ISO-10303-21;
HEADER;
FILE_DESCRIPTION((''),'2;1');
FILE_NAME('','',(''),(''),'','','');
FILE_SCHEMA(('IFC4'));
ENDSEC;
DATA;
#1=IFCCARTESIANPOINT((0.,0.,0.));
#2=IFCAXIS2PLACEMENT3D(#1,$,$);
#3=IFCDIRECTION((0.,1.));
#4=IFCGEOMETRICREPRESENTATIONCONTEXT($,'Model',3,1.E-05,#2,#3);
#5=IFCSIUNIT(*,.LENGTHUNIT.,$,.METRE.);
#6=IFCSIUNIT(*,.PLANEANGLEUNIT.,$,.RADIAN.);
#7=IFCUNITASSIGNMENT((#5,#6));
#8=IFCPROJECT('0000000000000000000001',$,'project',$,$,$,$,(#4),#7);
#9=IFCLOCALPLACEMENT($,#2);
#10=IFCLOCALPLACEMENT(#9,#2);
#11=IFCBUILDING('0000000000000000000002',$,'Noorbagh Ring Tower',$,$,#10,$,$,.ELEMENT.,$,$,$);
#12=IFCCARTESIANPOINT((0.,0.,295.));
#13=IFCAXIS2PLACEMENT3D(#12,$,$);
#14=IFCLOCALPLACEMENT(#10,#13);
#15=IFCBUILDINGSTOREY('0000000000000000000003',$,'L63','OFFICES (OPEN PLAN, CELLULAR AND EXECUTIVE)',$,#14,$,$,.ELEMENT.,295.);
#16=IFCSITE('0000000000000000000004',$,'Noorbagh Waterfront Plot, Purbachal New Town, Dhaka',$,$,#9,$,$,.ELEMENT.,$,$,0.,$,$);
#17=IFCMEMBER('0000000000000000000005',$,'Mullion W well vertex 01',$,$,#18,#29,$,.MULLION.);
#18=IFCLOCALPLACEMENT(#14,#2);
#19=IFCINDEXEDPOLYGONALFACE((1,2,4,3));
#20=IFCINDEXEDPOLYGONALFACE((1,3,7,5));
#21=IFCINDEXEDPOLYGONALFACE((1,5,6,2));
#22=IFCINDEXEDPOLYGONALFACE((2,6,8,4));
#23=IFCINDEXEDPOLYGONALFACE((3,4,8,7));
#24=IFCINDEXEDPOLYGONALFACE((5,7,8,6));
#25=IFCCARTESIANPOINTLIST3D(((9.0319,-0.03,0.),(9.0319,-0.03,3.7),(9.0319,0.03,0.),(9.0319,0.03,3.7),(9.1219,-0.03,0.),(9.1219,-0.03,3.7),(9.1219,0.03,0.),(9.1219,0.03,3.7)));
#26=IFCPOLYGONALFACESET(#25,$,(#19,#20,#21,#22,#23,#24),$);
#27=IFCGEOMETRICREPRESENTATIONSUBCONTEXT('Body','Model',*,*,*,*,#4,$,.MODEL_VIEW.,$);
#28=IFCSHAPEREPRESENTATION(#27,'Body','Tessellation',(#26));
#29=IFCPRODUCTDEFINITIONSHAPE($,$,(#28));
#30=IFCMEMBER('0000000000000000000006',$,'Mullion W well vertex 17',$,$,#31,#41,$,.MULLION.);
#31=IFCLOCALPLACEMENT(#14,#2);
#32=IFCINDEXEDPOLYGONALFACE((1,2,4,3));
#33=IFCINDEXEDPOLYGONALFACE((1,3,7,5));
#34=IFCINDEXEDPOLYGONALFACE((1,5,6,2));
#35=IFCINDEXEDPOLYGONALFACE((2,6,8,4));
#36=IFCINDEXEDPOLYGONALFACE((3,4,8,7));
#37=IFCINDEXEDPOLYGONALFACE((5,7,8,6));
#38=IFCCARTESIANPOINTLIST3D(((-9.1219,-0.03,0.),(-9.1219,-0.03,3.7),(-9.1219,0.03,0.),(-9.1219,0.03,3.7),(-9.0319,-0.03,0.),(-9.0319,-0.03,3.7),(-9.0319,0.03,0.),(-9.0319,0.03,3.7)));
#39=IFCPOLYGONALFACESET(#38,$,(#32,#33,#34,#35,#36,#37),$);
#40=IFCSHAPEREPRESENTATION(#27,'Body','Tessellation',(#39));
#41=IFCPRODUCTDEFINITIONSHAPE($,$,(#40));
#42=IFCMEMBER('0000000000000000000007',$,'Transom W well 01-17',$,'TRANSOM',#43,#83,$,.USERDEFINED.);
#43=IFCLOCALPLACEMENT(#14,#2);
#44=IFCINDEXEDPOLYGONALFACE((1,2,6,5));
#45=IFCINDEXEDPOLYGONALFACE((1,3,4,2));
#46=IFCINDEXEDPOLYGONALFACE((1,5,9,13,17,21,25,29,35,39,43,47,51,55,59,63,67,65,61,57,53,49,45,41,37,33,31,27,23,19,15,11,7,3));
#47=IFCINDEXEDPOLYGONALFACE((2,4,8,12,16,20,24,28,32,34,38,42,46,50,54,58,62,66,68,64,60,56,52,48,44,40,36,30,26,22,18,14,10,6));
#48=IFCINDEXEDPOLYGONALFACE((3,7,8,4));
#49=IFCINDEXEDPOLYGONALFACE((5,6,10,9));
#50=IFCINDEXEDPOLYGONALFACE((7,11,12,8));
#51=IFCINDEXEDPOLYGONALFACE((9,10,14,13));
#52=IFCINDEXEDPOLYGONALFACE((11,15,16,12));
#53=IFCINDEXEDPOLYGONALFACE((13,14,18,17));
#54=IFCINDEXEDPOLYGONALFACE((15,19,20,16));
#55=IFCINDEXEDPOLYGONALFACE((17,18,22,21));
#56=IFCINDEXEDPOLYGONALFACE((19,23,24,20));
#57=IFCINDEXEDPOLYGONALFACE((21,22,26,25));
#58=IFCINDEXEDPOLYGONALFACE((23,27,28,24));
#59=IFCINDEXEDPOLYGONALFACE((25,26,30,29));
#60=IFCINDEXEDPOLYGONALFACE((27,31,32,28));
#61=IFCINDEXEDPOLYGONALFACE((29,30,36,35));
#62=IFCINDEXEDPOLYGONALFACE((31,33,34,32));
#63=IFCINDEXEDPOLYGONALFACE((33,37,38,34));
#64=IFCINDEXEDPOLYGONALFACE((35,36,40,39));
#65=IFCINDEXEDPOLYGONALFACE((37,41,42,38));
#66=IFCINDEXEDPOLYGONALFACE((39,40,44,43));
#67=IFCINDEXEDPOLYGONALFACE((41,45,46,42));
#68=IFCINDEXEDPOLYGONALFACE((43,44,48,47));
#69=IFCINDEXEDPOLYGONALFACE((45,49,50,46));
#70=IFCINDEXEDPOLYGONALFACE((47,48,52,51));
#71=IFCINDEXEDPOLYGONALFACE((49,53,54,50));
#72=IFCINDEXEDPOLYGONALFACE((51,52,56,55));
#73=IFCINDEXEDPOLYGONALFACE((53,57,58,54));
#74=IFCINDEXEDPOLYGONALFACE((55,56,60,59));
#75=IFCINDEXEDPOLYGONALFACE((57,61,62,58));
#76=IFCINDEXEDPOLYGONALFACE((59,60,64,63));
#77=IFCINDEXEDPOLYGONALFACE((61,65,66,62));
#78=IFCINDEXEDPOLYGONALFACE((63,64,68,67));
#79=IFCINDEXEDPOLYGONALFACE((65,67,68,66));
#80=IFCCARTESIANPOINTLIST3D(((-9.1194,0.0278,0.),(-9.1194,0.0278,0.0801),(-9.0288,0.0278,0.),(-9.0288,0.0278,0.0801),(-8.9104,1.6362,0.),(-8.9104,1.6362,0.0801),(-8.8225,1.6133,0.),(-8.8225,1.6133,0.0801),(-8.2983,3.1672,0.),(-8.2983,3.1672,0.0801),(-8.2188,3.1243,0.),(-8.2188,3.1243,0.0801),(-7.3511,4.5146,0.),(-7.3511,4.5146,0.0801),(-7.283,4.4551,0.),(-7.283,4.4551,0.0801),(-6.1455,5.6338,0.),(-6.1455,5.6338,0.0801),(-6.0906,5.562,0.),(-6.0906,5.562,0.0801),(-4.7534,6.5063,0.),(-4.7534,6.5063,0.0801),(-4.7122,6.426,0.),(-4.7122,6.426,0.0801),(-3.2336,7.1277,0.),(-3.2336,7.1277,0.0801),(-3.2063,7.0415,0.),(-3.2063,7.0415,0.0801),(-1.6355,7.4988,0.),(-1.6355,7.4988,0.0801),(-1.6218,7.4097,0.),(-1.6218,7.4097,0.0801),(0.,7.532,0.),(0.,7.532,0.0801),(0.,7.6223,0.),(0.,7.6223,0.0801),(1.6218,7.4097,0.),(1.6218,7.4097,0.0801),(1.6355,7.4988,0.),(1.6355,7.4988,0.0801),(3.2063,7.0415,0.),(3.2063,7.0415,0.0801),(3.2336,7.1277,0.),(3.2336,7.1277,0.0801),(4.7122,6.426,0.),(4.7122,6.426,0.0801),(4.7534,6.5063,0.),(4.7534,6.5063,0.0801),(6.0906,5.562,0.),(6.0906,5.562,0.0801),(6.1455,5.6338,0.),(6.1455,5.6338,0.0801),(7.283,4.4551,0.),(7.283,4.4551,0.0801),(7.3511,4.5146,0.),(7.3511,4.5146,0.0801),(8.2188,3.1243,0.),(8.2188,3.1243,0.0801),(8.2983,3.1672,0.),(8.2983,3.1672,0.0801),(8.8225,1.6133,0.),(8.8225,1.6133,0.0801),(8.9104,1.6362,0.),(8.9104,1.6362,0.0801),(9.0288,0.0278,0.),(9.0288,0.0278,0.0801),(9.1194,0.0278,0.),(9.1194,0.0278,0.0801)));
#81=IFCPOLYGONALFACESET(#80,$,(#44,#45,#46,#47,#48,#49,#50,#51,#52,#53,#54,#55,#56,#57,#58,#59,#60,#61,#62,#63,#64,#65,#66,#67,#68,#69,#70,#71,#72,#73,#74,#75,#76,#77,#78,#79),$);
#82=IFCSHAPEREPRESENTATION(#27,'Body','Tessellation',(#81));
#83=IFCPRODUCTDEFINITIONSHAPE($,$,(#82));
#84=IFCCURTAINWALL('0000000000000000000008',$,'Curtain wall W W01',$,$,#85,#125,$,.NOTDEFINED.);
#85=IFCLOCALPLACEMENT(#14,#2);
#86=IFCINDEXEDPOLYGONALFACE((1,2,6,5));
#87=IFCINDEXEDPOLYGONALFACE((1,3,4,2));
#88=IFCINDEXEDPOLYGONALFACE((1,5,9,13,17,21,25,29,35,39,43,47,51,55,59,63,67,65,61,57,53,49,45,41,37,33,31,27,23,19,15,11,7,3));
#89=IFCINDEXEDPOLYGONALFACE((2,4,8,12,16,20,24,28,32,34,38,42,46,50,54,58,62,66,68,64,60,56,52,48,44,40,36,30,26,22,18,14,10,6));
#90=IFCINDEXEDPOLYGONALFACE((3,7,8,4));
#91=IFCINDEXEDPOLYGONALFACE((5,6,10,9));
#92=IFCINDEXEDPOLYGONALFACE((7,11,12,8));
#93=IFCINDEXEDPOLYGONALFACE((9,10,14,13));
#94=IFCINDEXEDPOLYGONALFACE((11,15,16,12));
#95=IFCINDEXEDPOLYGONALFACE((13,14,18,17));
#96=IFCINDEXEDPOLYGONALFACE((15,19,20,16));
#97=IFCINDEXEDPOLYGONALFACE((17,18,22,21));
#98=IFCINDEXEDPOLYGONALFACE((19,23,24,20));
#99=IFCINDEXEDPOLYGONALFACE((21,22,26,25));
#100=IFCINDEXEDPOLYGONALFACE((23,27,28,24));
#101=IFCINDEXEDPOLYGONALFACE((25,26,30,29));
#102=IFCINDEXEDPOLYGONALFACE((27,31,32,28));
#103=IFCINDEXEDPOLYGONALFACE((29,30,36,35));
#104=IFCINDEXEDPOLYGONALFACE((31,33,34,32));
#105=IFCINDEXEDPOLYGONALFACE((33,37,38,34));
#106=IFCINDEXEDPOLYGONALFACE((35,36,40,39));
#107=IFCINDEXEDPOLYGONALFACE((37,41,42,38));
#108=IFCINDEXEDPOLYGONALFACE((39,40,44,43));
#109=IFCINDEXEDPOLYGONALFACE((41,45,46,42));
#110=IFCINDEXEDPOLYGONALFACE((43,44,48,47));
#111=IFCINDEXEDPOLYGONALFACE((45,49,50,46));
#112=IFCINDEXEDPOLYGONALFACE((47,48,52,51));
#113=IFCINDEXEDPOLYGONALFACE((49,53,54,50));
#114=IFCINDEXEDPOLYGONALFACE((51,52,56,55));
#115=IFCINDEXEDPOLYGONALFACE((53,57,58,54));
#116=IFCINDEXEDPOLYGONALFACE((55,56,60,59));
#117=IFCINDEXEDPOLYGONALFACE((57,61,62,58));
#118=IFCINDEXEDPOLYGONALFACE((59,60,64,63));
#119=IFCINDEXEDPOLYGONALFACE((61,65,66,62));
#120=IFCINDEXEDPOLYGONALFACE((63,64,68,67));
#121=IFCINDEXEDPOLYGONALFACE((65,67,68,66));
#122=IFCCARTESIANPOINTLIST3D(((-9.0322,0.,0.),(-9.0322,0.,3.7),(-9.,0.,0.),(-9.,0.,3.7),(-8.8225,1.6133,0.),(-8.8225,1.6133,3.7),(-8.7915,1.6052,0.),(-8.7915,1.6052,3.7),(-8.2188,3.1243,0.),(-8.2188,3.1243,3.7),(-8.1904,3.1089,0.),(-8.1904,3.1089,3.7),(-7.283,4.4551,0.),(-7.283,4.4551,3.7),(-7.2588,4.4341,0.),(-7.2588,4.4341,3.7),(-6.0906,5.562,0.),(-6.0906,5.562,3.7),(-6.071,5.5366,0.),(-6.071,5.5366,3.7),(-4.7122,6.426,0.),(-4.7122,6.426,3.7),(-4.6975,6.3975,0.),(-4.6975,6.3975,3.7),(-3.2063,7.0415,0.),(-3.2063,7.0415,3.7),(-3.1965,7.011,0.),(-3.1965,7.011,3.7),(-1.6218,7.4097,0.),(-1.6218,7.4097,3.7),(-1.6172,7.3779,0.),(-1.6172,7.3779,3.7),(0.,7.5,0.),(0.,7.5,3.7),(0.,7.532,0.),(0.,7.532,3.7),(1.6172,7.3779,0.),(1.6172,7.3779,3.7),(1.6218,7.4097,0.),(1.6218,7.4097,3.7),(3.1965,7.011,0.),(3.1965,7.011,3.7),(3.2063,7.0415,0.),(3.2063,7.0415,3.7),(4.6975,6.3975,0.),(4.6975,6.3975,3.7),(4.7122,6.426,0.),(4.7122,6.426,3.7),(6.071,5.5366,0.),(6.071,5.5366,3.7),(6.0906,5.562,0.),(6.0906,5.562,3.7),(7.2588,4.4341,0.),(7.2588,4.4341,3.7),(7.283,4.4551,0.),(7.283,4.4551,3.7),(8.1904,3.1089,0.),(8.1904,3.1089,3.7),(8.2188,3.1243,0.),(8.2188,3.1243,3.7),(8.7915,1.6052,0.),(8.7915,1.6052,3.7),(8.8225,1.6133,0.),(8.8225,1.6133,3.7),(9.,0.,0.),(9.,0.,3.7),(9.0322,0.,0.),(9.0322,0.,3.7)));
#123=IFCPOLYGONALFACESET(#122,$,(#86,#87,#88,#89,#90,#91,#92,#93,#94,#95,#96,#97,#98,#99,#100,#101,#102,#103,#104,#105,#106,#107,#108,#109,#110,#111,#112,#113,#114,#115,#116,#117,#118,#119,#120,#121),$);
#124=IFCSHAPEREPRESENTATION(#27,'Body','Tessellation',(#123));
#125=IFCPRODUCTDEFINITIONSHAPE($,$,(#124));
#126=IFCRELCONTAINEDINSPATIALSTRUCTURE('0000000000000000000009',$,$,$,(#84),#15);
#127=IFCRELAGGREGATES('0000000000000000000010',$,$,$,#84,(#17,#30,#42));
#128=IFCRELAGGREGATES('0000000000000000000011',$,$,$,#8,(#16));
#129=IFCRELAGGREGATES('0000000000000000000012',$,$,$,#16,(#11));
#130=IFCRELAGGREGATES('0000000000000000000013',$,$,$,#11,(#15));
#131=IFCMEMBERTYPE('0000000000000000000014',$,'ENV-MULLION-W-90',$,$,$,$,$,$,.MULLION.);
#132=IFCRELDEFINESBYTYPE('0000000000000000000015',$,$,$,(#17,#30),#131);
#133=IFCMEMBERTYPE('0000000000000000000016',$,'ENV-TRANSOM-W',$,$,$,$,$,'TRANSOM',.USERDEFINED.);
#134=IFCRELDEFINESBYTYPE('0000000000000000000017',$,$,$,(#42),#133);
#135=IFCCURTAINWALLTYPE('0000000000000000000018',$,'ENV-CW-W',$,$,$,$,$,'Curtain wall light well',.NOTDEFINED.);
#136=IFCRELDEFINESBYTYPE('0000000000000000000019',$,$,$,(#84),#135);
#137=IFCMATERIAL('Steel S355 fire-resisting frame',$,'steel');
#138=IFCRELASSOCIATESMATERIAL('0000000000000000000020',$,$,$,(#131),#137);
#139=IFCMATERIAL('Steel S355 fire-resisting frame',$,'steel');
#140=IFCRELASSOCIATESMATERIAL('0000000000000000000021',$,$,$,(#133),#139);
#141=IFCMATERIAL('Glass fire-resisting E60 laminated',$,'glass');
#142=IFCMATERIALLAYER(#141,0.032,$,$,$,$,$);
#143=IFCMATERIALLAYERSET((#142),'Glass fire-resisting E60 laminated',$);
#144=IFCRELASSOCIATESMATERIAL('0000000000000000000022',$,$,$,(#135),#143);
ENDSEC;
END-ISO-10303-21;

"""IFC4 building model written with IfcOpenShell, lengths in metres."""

from ifc_helpers import new_model, si_unit, direction, frame, origin, origin_2d, place, context, subcontext, project, spatial, polyline, rectangle, outline, extrude, material, layer, layer_set, material_profile, profile_set, type_object, element, aggregate, save


model = new_model("IFC4")

# Units and contexts
model_context = context("Model", 3, precision=1e-05, world=origin(), true_north=direction((0.0, 1.0)))
body_context = subcontext(model_context, "Body", "Model", "MODEL_VIEW")
ifc_project = project(units=[si_unit("LENGTHUNIT", "METRE"), si_unit("PLANEANGLEUNIT", "RADIAN")], contexts=[model_context])

# Members
site_placement = place(None, origin())
building_placement = place(site_placement, origin())
storey_placement = place(building_placement, frame((0.0, 0.0, 295.0)))
ifc_material_1 = material(Name="Steel S355 fire-resisting frame", Category="steel")
ifc_material_profile_1 = material_profile(ifc_material_1, rectangle(XDim=0.0901, YDim=0.0601, at=origin_2d()), Name="90x60")
ifc_profile_set_1 = profile_set([ifc_material_profile_1], Name="Steel S355 fire-resisting frame")
member_type_1 = type_object("IfcMemberType", Name="ENV-MULLION-W-90", PredefinedType="MULLION", material=ifc_profile_set_1)
member_1_placement = place(storey_placement, frame((9.0769, 0.0, 0.0), z_axis=(0.0, 0.0, 1.0), x_axis=(1.0, 0.0, 0.0)))
member_1 = element("IfcMember", 1, at=member_1_placement, type_object=member_type_1, Name="Mullion W well vertex 01", PredefinedType="MULLION", context=body_context, shape_type="SweptSolid", body=[
    extrude(rectangle(XDim=0.0901, YDim=0.0601, at=origin_2d()), origin(), (0.0, 0.0, 1.0), 3.7),
])
member_2_placement = place(storey_placement, frame((-9.0769, 0.0, 0.0), z_axis=(0.0, 0.0, 1.0), x_axis=(-1.0, 0.0, 0.0)))
member_2 = element("IfcMember", 2, at=member_2_placement, type_object=member_type_1, Name="Mullion W well vertex 17", PredefinedType="MULLION", context=body_context, shape_type="SweptSolid", body=[
    extrude(rectangle(XDim=0.0901, YDim=0.0601, at=origin_2d()), origin(), (0.0, 0.0, 1.0), 3.7),
])
ifc_material_2 = material(Name="Steel S355 fire-resisting frame", Category="steel")
member_type_2 = type_object("IfcMemberType", Name="ENV-TRANSOM-W", ElementType="TRANSOM", PredefinedType="USERDEFINED", material=ifc_material_2)
member_3_placement = place(storey_placement, origin())
member_3 = element("IfcMember", 3, at=member_3_placement, type_object=member_type_2, Name="Transom W well 01-17", ObjectType="TRANSOM", PredefinedType="USERDEFINED", context=body_context, shape_type="SweptSolid", body=[
    extrude(outline(polyline([(9.1194, 0.0278), (8.9104, 1.6362), (8.2983, 3.1672), (7.3511, 4.5146), (6.1455, 5.6338), (4.7534, 6.5063), (3.2336, 7.1277), (1.6355, 7.4988), (0.0, 7.6223), (-1.6355, 7.4988), (-3.2336, 7.1277), (-4.7534, 6.5063), (-6.1455, 5.6338), (-7.3511, 4.5146), (-8.2983, 3.1672), (-8.9104, 1.6362), (-9.1194, 0.0278), (-9.0288, 0.0278), (-8.8225, 1.6133), (-8.2188, 3.1243), (-7.283, 4.4551), (-6.0906, 5.562), (-4.7122, 6.426), (-3.2063, 7.0415), (-1.6218, 7.4097), (0.0, 7.532), (1.6218, 7.4097), (3.2063, 7.0415), (4.7122, 6.426), (6.0906, 5.562), (7.283, 4.4551), (8.2188, 3.1243), (8.8225, 1.6133), (9.0288, 0.0278), (9.1194, 0.0278)])), origin(), (0.0, 0.0, 1.0), 0.0801),
])

# Site, building, storey
site = spatial("IfcSite", under=ifc_project, at=site_placement, Name="Noorbagh Waterfront Plot, Purbachal New Town, Dhaka", CompositionType="ELEMENT", RefElevation=0.0)
building = spatial("IfcBuilding", under=site, at=building_placement, Name="Noorbagh Ring Tower", CompositionType="ELEMENT")
storey = spatial("IfcBuildingStorey", under=building, at=storey_placement, Name="L63", Description="OFFICES (OPEN PLAN, CELLULAR AND EXECUTIVE)", CompositionType="ELEMENT", Elevation=295.0)

# Curtain wall
ifc_material_3 = material(Name="Glass fire-resisting E60 laminated", Category="glass")
ifc_layer_1 = layer(ifc_material_3, 0.032)
ifc_layer_set_1 = layer_set([ifc_layer_1], Name="Glass fire-resisting E60 laminated")
curtain_wall_type_1 = type_object("IfcCurtainWallType", Name="ENV-CW-W", ElementType="Curtain wall light well", PredefinedType="NOTDEFINED", material=ifc_layer_set_1)
curtain_wall_1_placement = place(storey_placement, origin())
curtain_wall_1 = element("IfcCurtainWall", 4, at=curtain_wall_1_placement, inside=storey, type_object=curtain_wall_type_1, Name="Curtain wall W W01", PredefinedType="NOTDEFINED", context=body_context, shape_type="SweptSolid", body=[
    extrude(outline(polyline([(9.0322, 0.0), (8.8225, 1.6133), (8.2188, 3.1243), (7.283, 4.4551), (6.0906, 5.562), (4.7122, 6.426), (3.2063, 7.0415), (1.6218, 7.4097), (0.0, 7.532), (-1.6218, 7.4097), (-3.2063, 7.0415), (-4.7122, 6.426), (-6.0906, 5.562), (-7.283, 4.4551), (-8.2188, 3.1243), (-8.8225, 1.6133), (-9.0322, 0.0), (-9.0, 0.0), (-8.7915, 1.6052), (-8.1904, 3.1089), (-7.2588, 4.4341), (-6.071, 5.5366), (-4.6975, 6.3975), (-3.1965, 7.011), (-1.6172, 7.3779), (0.0, 7.5), (1.6172, 7.3779), (3.1965, 7.011), (4.6975, 6.3975), (6.071, 5.5366), (7.2588, 4.4341), (8.1904, 3.1089), (8.7915, 1.6052), (9.0, 0.0), (9.0322, 0.0)])), origin(), (0.0, 0.0, 1.0), 3.7),
])
aggregate(curtain_wall_1, [member_1, member_2, member_3])

save(model, "model.ifc")
